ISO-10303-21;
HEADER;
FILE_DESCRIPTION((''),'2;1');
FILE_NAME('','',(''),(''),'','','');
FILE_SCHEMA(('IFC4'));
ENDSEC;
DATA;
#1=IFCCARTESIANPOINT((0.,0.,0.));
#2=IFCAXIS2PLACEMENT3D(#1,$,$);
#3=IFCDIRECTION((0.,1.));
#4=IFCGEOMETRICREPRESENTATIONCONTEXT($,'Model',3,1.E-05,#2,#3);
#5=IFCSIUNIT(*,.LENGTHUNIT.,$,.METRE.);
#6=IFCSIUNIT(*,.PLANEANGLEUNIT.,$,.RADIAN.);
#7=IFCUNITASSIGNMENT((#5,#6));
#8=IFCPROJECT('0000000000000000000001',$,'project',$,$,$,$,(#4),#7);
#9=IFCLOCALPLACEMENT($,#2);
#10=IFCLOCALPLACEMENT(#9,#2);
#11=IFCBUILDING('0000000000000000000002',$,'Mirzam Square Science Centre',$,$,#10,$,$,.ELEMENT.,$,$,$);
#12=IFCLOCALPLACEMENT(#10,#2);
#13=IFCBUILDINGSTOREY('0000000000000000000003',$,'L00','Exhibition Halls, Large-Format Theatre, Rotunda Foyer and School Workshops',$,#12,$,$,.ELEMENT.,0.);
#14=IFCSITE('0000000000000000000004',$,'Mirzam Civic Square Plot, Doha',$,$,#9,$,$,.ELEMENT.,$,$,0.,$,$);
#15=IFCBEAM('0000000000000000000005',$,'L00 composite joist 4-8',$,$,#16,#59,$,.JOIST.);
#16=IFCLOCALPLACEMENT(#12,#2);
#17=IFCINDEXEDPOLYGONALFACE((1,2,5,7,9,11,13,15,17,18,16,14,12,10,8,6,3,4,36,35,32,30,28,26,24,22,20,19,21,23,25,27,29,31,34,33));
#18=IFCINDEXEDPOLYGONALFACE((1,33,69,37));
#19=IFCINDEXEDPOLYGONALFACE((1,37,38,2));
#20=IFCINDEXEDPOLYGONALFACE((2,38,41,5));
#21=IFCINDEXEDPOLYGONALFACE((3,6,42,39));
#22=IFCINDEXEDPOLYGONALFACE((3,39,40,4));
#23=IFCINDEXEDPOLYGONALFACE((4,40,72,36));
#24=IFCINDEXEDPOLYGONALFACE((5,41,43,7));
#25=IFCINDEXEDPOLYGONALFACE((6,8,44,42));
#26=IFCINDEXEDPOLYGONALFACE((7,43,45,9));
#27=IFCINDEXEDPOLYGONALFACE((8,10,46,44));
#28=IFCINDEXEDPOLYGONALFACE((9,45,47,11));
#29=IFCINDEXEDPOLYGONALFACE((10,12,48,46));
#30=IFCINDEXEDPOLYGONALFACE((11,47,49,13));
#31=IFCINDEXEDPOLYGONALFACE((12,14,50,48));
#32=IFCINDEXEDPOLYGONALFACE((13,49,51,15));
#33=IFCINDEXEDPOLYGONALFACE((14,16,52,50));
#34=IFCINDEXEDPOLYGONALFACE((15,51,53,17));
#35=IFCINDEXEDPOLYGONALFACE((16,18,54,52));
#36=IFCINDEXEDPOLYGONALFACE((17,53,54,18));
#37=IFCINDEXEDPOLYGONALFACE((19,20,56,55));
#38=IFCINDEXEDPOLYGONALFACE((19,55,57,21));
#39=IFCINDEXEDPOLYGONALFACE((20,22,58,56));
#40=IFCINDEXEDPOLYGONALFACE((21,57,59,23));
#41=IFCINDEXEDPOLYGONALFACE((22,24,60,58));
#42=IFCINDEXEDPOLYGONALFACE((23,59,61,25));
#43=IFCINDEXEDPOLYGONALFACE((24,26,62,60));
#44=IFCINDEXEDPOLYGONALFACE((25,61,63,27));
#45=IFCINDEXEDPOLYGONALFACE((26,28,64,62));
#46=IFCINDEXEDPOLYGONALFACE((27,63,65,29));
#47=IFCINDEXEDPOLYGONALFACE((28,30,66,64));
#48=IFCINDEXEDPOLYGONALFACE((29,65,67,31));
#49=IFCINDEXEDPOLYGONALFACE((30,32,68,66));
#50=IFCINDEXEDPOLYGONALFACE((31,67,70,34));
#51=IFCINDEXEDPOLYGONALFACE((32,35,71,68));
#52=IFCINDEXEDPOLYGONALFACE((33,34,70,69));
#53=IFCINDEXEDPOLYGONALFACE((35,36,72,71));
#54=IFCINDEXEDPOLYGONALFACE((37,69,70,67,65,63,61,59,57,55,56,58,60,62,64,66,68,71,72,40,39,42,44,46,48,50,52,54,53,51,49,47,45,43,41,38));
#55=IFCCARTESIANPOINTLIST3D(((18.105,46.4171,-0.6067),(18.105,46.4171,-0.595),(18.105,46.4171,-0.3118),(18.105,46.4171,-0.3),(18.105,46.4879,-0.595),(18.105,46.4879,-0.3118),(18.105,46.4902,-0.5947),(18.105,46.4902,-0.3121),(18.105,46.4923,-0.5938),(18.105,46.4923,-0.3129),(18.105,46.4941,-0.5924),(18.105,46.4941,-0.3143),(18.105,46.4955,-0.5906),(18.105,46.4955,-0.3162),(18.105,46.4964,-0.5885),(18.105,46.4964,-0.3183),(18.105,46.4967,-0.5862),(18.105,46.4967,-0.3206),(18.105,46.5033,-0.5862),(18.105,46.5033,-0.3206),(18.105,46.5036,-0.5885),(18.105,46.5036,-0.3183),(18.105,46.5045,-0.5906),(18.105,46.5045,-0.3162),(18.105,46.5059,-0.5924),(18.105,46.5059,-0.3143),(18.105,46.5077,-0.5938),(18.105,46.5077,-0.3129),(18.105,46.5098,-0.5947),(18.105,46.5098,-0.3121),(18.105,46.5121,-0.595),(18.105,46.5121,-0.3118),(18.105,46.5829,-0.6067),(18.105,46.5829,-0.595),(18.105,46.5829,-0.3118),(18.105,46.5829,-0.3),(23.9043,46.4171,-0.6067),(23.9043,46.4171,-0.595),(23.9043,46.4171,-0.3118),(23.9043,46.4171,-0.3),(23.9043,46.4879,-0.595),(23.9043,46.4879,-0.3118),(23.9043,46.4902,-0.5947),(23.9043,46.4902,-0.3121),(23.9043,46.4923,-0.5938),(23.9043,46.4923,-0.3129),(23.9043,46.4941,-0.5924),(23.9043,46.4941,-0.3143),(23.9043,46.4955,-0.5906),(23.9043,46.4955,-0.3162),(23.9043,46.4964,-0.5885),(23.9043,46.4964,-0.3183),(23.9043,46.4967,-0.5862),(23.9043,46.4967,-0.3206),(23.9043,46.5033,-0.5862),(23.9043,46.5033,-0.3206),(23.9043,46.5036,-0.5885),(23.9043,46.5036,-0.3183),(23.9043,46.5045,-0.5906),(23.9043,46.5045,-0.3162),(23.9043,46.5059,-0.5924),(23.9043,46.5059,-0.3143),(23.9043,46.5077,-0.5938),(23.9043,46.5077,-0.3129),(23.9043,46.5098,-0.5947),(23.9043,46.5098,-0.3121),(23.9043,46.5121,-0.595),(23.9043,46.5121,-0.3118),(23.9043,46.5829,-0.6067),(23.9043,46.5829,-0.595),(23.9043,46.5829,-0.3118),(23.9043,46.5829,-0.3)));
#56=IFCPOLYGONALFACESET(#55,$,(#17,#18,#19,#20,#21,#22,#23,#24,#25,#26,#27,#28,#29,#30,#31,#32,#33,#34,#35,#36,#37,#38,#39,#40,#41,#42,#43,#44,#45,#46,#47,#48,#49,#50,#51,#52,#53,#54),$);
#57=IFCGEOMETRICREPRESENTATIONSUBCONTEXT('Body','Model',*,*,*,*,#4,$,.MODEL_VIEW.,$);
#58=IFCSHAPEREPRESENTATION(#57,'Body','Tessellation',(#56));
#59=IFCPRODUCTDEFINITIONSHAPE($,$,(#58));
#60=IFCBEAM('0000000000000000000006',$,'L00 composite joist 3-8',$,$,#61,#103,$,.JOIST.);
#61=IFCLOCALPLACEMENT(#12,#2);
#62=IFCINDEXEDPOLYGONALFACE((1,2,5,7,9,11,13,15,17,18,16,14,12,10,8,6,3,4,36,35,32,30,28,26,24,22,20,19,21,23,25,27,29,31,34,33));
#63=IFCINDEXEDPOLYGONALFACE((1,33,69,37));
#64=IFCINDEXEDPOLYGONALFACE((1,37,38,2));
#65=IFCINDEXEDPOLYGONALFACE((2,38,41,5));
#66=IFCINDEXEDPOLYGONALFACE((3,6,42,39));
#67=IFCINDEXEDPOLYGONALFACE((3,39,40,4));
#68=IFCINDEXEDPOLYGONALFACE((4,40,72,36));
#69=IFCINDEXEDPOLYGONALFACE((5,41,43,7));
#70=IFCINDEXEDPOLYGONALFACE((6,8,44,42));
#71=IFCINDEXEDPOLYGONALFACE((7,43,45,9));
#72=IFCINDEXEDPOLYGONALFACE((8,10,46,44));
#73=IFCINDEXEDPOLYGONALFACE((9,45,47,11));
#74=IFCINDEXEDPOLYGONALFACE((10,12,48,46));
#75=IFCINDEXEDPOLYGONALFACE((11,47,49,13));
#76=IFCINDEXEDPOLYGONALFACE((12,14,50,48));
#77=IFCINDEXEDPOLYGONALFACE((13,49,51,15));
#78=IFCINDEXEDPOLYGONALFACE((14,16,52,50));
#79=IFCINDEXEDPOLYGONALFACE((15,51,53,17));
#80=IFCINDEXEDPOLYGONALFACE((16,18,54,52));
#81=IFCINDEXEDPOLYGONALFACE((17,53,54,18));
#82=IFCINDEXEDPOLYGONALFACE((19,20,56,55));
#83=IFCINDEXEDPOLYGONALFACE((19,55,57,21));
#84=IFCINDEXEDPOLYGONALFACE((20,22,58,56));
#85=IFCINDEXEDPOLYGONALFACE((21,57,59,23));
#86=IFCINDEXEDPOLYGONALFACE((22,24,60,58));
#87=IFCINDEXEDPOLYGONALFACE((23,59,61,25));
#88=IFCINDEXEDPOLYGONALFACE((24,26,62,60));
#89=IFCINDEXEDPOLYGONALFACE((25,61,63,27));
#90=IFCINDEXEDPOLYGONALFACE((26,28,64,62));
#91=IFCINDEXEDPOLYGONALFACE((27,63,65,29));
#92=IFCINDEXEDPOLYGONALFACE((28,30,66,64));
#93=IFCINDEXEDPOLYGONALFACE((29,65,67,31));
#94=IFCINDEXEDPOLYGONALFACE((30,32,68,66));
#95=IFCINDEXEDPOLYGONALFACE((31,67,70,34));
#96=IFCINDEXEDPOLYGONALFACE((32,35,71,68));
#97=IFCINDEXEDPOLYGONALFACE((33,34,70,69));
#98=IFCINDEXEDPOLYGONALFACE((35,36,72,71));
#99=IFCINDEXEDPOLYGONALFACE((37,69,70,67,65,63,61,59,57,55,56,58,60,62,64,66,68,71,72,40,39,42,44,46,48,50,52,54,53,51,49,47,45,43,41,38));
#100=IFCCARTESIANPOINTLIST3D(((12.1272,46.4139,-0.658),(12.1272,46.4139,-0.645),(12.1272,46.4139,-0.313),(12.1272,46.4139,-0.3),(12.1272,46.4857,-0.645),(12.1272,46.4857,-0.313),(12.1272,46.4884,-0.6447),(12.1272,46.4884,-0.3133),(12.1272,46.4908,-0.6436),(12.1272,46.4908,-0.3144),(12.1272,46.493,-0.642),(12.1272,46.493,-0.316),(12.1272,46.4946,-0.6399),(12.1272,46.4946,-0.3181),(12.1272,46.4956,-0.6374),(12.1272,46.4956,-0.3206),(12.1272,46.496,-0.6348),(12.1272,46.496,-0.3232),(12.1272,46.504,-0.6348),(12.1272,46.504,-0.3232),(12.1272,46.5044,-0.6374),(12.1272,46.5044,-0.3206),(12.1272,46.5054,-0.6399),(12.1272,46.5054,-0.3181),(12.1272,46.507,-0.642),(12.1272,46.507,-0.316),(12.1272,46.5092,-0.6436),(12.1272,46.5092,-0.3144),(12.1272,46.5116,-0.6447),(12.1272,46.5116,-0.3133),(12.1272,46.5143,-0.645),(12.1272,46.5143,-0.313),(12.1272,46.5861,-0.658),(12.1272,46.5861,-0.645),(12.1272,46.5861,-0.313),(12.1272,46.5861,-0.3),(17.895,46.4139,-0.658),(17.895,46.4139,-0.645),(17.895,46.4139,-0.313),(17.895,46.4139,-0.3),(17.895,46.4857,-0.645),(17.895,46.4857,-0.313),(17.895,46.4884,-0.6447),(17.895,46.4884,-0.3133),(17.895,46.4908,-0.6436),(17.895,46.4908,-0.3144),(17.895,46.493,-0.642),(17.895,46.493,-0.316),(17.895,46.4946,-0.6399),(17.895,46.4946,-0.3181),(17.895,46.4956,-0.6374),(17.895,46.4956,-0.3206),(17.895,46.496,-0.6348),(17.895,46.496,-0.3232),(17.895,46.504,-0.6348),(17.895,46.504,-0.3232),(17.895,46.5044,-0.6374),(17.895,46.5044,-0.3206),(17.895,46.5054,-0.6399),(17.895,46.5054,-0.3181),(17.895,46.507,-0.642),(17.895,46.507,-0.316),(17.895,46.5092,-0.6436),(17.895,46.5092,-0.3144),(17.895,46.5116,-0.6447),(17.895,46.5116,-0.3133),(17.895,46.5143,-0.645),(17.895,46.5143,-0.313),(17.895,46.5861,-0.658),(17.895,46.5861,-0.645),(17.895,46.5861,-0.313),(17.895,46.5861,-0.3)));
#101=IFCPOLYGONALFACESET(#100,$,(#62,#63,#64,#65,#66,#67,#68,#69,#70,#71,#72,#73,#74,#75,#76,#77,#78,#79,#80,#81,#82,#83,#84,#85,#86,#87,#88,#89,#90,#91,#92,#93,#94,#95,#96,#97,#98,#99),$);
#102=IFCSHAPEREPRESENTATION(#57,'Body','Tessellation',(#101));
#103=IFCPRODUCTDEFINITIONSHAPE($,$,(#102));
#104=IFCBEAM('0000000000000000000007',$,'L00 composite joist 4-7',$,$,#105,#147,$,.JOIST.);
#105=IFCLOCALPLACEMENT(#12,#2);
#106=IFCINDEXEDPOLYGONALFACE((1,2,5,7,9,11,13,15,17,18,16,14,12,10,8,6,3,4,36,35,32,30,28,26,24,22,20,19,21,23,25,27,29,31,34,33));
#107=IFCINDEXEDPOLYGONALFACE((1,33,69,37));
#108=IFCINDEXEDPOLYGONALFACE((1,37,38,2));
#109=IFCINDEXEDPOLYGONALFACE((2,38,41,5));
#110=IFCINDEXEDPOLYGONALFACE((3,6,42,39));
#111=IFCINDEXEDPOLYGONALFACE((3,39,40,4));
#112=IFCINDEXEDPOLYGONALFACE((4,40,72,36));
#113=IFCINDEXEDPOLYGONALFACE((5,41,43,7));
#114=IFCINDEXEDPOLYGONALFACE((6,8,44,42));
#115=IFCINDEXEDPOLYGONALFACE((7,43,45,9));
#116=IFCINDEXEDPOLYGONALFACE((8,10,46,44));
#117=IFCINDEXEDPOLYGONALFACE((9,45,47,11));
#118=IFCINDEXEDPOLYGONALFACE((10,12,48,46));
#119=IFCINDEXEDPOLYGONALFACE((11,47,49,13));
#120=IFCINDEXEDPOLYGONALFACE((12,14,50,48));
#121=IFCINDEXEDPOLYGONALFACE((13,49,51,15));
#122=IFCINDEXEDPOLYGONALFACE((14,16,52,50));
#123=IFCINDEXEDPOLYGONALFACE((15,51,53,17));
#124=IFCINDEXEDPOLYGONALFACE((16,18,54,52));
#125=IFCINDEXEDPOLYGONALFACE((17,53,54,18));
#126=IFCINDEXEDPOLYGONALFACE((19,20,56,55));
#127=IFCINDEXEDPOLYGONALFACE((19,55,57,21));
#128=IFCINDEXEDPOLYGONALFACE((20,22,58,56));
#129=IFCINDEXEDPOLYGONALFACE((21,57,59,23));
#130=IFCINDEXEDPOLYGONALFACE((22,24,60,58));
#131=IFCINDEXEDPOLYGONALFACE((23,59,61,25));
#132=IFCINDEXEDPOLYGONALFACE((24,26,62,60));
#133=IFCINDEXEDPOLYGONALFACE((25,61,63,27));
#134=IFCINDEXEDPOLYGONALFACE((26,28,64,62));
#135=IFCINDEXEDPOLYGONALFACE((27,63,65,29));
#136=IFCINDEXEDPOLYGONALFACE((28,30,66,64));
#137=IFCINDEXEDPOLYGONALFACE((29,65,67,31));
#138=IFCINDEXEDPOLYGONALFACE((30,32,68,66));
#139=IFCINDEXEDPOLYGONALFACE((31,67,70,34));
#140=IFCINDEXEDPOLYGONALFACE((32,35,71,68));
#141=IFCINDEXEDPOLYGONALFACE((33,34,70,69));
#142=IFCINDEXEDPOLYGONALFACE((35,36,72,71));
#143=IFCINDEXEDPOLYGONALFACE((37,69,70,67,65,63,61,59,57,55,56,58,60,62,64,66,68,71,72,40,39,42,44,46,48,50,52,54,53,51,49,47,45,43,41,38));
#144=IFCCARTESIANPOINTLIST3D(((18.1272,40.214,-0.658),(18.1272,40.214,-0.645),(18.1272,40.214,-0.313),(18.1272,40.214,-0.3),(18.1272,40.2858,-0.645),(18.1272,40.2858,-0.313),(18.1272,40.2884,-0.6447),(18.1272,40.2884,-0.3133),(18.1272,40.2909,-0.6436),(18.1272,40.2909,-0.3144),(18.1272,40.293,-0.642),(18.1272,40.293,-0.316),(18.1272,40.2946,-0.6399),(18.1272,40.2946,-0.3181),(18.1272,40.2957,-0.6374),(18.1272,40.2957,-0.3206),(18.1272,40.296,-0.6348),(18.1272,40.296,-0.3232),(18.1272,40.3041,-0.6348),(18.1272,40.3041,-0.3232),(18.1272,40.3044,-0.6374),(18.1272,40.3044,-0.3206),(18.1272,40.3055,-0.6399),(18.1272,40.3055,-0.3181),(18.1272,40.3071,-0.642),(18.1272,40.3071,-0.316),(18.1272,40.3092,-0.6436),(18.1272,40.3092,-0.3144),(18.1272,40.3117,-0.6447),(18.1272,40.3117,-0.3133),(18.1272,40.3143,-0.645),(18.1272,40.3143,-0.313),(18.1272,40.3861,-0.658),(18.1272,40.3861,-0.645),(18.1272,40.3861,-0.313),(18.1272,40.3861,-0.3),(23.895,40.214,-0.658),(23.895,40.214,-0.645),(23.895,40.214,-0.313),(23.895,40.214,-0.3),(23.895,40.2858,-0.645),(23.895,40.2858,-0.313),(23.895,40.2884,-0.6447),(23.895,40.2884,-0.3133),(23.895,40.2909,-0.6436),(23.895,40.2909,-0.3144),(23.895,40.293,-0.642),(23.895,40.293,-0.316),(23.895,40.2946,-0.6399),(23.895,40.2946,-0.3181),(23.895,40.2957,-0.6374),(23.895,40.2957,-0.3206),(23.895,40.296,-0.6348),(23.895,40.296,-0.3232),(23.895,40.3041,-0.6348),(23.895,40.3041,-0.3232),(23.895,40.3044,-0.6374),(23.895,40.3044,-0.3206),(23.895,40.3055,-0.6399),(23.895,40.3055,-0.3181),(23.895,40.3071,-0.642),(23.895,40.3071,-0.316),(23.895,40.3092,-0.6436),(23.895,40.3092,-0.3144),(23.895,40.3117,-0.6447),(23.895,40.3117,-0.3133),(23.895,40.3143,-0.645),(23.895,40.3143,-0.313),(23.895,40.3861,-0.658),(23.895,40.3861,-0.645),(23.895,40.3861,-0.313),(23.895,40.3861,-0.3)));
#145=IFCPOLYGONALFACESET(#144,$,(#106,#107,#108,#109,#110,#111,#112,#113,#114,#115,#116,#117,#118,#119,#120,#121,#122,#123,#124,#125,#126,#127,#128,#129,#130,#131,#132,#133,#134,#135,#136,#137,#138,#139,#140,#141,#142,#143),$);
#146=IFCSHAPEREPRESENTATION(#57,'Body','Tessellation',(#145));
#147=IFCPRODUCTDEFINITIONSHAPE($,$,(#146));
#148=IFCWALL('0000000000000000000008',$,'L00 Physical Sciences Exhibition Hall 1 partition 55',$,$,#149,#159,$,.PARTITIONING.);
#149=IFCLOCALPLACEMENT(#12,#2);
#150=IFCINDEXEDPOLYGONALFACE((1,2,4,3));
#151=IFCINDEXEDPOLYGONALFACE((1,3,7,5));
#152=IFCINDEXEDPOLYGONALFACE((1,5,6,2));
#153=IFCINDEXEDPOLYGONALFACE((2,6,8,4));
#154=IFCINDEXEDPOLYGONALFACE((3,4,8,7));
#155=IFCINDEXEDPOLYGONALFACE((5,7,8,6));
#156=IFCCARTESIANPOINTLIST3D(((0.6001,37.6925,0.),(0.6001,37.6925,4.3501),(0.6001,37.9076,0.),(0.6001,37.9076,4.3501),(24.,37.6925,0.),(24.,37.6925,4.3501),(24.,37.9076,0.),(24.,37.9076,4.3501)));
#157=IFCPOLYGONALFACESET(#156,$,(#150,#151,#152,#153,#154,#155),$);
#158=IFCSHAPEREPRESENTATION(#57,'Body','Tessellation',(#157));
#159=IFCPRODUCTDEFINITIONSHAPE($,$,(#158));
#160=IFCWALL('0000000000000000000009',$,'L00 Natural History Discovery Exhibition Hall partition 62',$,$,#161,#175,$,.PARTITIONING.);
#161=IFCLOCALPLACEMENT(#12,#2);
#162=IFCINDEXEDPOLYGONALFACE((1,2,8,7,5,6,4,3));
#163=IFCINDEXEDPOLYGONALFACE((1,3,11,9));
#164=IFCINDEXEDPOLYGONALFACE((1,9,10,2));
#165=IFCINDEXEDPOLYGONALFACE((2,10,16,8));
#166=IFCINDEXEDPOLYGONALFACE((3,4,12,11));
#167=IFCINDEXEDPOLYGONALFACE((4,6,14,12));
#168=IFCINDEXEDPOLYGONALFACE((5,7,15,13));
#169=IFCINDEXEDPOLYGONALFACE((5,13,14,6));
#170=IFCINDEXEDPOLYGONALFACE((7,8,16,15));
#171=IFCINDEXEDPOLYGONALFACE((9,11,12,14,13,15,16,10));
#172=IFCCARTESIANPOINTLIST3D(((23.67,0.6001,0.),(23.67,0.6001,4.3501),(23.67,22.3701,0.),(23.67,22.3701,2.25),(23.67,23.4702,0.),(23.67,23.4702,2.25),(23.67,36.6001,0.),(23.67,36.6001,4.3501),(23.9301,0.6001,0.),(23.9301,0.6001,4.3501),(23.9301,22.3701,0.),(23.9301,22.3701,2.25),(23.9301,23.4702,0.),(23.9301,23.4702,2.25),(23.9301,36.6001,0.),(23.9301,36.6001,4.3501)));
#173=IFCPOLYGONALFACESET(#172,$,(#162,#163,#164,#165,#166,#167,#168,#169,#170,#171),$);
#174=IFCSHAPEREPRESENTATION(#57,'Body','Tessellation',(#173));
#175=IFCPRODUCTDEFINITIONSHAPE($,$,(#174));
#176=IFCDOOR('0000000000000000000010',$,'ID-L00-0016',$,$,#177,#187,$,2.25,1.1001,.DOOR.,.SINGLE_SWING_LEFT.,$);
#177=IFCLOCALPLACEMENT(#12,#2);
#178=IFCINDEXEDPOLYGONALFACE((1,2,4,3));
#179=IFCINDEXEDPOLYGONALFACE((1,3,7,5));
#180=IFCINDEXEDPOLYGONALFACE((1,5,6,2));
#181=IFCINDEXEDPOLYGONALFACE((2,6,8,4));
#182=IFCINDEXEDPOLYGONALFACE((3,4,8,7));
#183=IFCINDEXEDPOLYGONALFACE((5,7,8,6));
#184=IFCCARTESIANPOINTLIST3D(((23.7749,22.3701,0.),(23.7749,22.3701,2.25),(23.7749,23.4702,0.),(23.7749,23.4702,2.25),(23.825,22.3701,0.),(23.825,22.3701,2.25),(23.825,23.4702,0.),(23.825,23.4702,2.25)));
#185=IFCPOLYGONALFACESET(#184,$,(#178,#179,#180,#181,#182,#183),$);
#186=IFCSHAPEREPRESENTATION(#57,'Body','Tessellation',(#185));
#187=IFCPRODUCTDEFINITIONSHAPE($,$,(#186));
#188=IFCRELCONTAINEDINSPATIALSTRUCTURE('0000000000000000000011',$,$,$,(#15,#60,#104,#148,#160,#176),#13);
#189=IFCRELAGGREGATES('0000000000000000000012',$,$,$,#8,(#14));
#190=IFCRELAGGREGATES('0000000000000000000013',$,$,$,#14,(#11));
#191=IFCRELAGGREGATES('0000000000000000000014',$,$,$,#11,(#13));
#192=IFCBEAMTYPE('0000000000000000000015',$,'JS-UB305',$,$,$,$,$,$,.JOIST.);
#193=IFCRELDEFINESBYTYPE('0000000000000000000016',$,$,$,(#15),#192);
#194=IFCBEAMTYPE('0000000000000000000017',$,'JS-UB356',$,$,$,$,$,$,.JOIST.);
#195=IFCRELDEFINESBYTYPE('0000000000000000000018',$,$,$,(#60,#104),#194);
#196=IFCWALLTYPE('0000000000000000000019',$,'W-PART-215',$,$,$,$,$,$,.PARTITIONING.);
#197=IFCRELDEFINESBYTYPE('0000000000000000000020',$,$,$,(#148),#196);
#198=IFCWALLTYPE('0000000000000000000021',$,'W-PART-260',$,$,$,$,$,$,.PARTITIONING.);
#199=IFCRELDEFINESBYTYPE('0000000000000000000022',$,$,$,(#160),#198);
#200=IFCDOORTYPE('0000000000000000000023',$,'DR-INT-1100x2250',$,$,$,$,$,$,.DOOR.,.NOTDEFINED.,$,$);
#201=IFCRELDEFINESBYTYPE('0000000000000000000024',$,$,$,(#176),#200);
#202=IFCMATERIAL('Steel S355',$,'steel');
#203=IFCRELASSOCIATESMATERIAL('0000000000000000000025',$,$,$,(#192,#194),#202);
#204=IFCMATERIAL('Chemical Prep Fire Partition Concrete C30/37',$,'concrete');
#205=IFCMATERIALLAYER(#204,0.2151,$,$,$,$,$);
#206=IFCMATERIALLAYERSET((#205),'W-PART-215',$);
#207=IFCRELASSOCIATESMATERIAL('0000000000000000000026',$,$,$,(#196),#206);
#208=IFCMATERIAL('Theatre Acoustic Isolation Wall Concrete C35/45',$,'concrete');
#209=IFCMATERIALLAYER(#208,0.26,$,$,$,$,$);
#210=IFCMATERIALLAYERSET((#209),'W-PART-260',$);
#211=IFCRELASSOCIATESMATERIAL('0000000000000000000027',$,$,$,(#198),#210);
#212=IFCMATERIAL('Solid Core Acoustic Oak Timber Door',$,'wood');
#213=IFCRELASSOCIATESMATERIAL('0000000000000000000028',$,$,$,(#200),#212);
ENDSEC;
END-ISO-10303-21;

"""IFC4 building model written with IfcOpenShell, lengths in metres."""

from ifc_helpers import new_model, si_unit, direction, frame, frame_2d, origin, origin_2d, place, context, subcontext, project, spatial, rectangle, i_section, extrude, material, layer, layer_set, material_profile, profile_set, type_object, element, fill, save


model = new_model("IFC4")

# Units and contexts
model_context = context("Model", 3, precision=1e-05, world=origin(), true_north=direction((0.0, 1.0)))
body_context = subcontext(model_context, "Body", "Model", "MODEL_VIEW")
ifc_project = project(units=[si_unit("LENGTHUNIT", "METRE"), si_unit("PLANEANGLEUNIT", "RADIAN")], contexts=[model_context])

# Site, building, storey
site_placement = place(None, origin())
site = spatial("IfcSite", under=ifc_project, at=site_placement, Name="Mirzam Civic Square Plot, Doha", CompositionType="ELEMENT", RefElevation=0.0)
building_placement = place(site_placement, origin())
building = spatial("IfcBuilding", under=site, at=building_placement, Name="Mirzam Square Science Centre", CompositionType="ELEMENT")
storey_placement = place(building_placement, origin())
storey = spatial("IfcBuildingStorey", under=building, at=storey_placement, Name="L00", Description="Exhibition Halls, Large-Format Theatre, Rotunda Foyer and School Workshops", CompositionType="ELEMENT", Elevation=0.0)

# Shared definitions
ifc_material_1 = material(Name="Steel S355", Category="steel")

# Beams
ifc_material_profile_1 = material_profile(ifc_material_1, i_section(OverallWidth=0.1658, OverallDepth=0.3066, WebThickness=0.0066, FlangeThickness=0.0117, FilletRadius=0.0088, at=origin_2d()), Name="305x165x46UB")
ifc_profile_set_1 = profile_set([ifc_material_profile_1], Name="Steel S355")
beam_type_1 = type_object("IfcBeamType", Name="JS-UB305", PredefinedType="JOIST", material=ifc_profile_set_1)
beam_1_placement = place(storey_placement, frame((18.105, 46.5, -0.4534), z_axis=(1.0, 0.0, 0.0), x_axis=(0.0, 1.0, 0.0)))
element("IfcBeam", 1, at=beam_1_placement, inside=storey, type_object=beam_type_1, Name="L00 composite joist 4-8", PredefinedType="JOIST", context=body_context, shape_type="SweptSolid", body=[
    extrude(i_section(OverallWidth=0.1658, OverallDepth=0.3066, WebThickness=0.0066, FlangeThickness=0.0117, FilletRadius=0.0088, at=origin_2d()), origin(), (0.0, 0.0, 1.0), 5.7993),
])
ifc_material_profile_2 = material_profile(ifc_material_1, i_section(OverallWidth=0.1721, OverallDepth=0.3579, WebThickness=0.0081, FlangeThickness=0.0129, FilletRadius=0.0103, at=origin_2d()), Name="356x171x57UB")
ifc_profile_set_2 = profile_set([ifc_material_profile_2], Name="Steel S355")
beam_type_2 = type_object("IfcBeamType", Name="JS-UB356", PredefinedType="JOIST", material=ifc_profile_set_2)
for number, where, z_axis, x_axis, name in (
    (2, (12.1272, 46.5, -0.479), (1.0, 0.0, 0.0), (0.0, 1.0, 0.0), "L00 composite joist 3-8"),
    (3, (18.1272, 40.3, -0.479), (1.0, 0.0, 0.0), (0.0, 1.0, 0.0), "L00 composite joist 4-7"),
):
    element("IfcBeam", number, at=place(storey_placement, frame(where, z_axis=z_axis, x_axis=x_axis)), inside=storey, type_object=beam_type_2, Name=name, PredefinedType="JOIST", context=body_context, shape_type="SweptSolid", body=[
        extrude(i_section(OverallWidth=0.1721, OverallDepth=0.3579, WebThickness=0.0081, FlangeThickness=0.0129, FilletRadius=0.0103, at=origin_2d()), origin(), (0.0, 0.0, 1.0), 5.7678),
    ])

# Wall
ifc_material_2 = material(Name="Chemical Prep Fire Partition Concrete C30/37", Category="concrete")
ifc_layer_1 = layer(ifc_material_2, 0.2151)
ifc_layer_set_1 = layer_set([ifc_layer_1], Name="W-PART-215")
wall_type_1 = type_object("IfcWallType", Name="W-PART-215", PredefinedType="PARTITIONING", material=ifc_layer_set_1)
wall_1_placement = place(storey_placement, frame((24.0, 37.8, 0.0), z_axis=(0.0, 0.0, 1.0), x_axis=(-1.0, 0.0, 0.0)))
element("IfcWall", 4, at=wall_1_placement, inside=storey, type_object=wall_type_1, Name="L00 Physical Sciences Exhibition Hall 1 partition 55", PredefinedType="PARTITIONING", context=body_context, shape_type="SweptSolid", body=[
    extrude(rectangle(XDim=23.3999, YDim=0.2151, at=frame_2d((11.7, 0.0))), origin(), (0.0, 0.0, 1.0), 4.3501),
])

# Wall, opening, door
ifc_material_3 = material(Name="Theatre Acoustic Isolation Wall Concrete C35/45", Category="concrete")
ifc_layer_2 = layer(ifc_material_3, 0.26)
ifc_layer_set_2 = layer_set([ifc_layer_2], Name="W-PART-260")
wall_type_2 = type_object("IfcWallType", Name="W-PART-260", PredefinedType="PARTITIONING", material=ifc_layer_set_2)
wall_2_placement = place(storey_placement, frame((23.8, 36.6001, 0.0), z_axis=(0.0, 0.0, 1.0), x_axis=(0.0, -1.0, 0.0)))
wall_2 = element("IfcWall", 5, at=wall_2_placement, inside=storey, type_object=wall_type_2, Name="L00 Natural History Discovery Exhibition Hall partition 62", PredefinedType="PARTITIONING", context=body_context, shape_type="SweptSolid", body=[
    extrude(rectangle(XDim=36.0, YDim=0.26, at=frame_2d((18.0, 0.0))), origin(), (0.0, 0.0, 1.0), 4.3501),
])
opening_placement = place(wall_2_placement, frame((13.1299, 0.0, 0.0)))
opening = element("IfcOpeningElement", 6, at=opening_placement, cuts=wall_2, PredefinedType="OPENING", context=body_context, shape_type="SweptSolid", body=[
    extrude(rectangle(XDim=1.1001, YDim=2.25, at=frame_2d((0.55, 1.125))), frame((0.0, 0.1399, 0.0), z_axis=(0.0, -1.0, 0.0), x_axis=(1.0, 0.0, 0.0)), (0.0, 0.0, 1.0), 0.28),
])
ifc_material_4 = material(Name="Solid Core Acoustic Oak Timber Door", Category="wood")
door_type = type_object("IfcDoorType", Name="DR-INT-1100x2250", OperationType="NOTDEFINED", PredefinedType="DOOR", material=ifc_material_4)
door_placement = place(opening_placement, origin())
door = element("IfcDoor", 7, at=door_placement, inside=storey, type_object=door_type, Name="ID-L00-0016", OperationType="SINGLE_SWING_LEFT", OverallHeight=2.25, OverallWidth=1.1001, PredefinedType="DOOR", context=body_context, shape_type="SweptSolid", body=[
    extrude(rectangle(XDim=1.1001, YDim=2.25, at=frame_2d((0.55, 1.125))), frame((0.0, 0.0249, 0.0), z_axis=(0.0, -1.0, 0.0), x_axis=(1.0, 0.0, 0.0)), (0.0, 0.0, 1.0), 0.05),
])
fill(opening, door)

save(model, "model.ifc")
